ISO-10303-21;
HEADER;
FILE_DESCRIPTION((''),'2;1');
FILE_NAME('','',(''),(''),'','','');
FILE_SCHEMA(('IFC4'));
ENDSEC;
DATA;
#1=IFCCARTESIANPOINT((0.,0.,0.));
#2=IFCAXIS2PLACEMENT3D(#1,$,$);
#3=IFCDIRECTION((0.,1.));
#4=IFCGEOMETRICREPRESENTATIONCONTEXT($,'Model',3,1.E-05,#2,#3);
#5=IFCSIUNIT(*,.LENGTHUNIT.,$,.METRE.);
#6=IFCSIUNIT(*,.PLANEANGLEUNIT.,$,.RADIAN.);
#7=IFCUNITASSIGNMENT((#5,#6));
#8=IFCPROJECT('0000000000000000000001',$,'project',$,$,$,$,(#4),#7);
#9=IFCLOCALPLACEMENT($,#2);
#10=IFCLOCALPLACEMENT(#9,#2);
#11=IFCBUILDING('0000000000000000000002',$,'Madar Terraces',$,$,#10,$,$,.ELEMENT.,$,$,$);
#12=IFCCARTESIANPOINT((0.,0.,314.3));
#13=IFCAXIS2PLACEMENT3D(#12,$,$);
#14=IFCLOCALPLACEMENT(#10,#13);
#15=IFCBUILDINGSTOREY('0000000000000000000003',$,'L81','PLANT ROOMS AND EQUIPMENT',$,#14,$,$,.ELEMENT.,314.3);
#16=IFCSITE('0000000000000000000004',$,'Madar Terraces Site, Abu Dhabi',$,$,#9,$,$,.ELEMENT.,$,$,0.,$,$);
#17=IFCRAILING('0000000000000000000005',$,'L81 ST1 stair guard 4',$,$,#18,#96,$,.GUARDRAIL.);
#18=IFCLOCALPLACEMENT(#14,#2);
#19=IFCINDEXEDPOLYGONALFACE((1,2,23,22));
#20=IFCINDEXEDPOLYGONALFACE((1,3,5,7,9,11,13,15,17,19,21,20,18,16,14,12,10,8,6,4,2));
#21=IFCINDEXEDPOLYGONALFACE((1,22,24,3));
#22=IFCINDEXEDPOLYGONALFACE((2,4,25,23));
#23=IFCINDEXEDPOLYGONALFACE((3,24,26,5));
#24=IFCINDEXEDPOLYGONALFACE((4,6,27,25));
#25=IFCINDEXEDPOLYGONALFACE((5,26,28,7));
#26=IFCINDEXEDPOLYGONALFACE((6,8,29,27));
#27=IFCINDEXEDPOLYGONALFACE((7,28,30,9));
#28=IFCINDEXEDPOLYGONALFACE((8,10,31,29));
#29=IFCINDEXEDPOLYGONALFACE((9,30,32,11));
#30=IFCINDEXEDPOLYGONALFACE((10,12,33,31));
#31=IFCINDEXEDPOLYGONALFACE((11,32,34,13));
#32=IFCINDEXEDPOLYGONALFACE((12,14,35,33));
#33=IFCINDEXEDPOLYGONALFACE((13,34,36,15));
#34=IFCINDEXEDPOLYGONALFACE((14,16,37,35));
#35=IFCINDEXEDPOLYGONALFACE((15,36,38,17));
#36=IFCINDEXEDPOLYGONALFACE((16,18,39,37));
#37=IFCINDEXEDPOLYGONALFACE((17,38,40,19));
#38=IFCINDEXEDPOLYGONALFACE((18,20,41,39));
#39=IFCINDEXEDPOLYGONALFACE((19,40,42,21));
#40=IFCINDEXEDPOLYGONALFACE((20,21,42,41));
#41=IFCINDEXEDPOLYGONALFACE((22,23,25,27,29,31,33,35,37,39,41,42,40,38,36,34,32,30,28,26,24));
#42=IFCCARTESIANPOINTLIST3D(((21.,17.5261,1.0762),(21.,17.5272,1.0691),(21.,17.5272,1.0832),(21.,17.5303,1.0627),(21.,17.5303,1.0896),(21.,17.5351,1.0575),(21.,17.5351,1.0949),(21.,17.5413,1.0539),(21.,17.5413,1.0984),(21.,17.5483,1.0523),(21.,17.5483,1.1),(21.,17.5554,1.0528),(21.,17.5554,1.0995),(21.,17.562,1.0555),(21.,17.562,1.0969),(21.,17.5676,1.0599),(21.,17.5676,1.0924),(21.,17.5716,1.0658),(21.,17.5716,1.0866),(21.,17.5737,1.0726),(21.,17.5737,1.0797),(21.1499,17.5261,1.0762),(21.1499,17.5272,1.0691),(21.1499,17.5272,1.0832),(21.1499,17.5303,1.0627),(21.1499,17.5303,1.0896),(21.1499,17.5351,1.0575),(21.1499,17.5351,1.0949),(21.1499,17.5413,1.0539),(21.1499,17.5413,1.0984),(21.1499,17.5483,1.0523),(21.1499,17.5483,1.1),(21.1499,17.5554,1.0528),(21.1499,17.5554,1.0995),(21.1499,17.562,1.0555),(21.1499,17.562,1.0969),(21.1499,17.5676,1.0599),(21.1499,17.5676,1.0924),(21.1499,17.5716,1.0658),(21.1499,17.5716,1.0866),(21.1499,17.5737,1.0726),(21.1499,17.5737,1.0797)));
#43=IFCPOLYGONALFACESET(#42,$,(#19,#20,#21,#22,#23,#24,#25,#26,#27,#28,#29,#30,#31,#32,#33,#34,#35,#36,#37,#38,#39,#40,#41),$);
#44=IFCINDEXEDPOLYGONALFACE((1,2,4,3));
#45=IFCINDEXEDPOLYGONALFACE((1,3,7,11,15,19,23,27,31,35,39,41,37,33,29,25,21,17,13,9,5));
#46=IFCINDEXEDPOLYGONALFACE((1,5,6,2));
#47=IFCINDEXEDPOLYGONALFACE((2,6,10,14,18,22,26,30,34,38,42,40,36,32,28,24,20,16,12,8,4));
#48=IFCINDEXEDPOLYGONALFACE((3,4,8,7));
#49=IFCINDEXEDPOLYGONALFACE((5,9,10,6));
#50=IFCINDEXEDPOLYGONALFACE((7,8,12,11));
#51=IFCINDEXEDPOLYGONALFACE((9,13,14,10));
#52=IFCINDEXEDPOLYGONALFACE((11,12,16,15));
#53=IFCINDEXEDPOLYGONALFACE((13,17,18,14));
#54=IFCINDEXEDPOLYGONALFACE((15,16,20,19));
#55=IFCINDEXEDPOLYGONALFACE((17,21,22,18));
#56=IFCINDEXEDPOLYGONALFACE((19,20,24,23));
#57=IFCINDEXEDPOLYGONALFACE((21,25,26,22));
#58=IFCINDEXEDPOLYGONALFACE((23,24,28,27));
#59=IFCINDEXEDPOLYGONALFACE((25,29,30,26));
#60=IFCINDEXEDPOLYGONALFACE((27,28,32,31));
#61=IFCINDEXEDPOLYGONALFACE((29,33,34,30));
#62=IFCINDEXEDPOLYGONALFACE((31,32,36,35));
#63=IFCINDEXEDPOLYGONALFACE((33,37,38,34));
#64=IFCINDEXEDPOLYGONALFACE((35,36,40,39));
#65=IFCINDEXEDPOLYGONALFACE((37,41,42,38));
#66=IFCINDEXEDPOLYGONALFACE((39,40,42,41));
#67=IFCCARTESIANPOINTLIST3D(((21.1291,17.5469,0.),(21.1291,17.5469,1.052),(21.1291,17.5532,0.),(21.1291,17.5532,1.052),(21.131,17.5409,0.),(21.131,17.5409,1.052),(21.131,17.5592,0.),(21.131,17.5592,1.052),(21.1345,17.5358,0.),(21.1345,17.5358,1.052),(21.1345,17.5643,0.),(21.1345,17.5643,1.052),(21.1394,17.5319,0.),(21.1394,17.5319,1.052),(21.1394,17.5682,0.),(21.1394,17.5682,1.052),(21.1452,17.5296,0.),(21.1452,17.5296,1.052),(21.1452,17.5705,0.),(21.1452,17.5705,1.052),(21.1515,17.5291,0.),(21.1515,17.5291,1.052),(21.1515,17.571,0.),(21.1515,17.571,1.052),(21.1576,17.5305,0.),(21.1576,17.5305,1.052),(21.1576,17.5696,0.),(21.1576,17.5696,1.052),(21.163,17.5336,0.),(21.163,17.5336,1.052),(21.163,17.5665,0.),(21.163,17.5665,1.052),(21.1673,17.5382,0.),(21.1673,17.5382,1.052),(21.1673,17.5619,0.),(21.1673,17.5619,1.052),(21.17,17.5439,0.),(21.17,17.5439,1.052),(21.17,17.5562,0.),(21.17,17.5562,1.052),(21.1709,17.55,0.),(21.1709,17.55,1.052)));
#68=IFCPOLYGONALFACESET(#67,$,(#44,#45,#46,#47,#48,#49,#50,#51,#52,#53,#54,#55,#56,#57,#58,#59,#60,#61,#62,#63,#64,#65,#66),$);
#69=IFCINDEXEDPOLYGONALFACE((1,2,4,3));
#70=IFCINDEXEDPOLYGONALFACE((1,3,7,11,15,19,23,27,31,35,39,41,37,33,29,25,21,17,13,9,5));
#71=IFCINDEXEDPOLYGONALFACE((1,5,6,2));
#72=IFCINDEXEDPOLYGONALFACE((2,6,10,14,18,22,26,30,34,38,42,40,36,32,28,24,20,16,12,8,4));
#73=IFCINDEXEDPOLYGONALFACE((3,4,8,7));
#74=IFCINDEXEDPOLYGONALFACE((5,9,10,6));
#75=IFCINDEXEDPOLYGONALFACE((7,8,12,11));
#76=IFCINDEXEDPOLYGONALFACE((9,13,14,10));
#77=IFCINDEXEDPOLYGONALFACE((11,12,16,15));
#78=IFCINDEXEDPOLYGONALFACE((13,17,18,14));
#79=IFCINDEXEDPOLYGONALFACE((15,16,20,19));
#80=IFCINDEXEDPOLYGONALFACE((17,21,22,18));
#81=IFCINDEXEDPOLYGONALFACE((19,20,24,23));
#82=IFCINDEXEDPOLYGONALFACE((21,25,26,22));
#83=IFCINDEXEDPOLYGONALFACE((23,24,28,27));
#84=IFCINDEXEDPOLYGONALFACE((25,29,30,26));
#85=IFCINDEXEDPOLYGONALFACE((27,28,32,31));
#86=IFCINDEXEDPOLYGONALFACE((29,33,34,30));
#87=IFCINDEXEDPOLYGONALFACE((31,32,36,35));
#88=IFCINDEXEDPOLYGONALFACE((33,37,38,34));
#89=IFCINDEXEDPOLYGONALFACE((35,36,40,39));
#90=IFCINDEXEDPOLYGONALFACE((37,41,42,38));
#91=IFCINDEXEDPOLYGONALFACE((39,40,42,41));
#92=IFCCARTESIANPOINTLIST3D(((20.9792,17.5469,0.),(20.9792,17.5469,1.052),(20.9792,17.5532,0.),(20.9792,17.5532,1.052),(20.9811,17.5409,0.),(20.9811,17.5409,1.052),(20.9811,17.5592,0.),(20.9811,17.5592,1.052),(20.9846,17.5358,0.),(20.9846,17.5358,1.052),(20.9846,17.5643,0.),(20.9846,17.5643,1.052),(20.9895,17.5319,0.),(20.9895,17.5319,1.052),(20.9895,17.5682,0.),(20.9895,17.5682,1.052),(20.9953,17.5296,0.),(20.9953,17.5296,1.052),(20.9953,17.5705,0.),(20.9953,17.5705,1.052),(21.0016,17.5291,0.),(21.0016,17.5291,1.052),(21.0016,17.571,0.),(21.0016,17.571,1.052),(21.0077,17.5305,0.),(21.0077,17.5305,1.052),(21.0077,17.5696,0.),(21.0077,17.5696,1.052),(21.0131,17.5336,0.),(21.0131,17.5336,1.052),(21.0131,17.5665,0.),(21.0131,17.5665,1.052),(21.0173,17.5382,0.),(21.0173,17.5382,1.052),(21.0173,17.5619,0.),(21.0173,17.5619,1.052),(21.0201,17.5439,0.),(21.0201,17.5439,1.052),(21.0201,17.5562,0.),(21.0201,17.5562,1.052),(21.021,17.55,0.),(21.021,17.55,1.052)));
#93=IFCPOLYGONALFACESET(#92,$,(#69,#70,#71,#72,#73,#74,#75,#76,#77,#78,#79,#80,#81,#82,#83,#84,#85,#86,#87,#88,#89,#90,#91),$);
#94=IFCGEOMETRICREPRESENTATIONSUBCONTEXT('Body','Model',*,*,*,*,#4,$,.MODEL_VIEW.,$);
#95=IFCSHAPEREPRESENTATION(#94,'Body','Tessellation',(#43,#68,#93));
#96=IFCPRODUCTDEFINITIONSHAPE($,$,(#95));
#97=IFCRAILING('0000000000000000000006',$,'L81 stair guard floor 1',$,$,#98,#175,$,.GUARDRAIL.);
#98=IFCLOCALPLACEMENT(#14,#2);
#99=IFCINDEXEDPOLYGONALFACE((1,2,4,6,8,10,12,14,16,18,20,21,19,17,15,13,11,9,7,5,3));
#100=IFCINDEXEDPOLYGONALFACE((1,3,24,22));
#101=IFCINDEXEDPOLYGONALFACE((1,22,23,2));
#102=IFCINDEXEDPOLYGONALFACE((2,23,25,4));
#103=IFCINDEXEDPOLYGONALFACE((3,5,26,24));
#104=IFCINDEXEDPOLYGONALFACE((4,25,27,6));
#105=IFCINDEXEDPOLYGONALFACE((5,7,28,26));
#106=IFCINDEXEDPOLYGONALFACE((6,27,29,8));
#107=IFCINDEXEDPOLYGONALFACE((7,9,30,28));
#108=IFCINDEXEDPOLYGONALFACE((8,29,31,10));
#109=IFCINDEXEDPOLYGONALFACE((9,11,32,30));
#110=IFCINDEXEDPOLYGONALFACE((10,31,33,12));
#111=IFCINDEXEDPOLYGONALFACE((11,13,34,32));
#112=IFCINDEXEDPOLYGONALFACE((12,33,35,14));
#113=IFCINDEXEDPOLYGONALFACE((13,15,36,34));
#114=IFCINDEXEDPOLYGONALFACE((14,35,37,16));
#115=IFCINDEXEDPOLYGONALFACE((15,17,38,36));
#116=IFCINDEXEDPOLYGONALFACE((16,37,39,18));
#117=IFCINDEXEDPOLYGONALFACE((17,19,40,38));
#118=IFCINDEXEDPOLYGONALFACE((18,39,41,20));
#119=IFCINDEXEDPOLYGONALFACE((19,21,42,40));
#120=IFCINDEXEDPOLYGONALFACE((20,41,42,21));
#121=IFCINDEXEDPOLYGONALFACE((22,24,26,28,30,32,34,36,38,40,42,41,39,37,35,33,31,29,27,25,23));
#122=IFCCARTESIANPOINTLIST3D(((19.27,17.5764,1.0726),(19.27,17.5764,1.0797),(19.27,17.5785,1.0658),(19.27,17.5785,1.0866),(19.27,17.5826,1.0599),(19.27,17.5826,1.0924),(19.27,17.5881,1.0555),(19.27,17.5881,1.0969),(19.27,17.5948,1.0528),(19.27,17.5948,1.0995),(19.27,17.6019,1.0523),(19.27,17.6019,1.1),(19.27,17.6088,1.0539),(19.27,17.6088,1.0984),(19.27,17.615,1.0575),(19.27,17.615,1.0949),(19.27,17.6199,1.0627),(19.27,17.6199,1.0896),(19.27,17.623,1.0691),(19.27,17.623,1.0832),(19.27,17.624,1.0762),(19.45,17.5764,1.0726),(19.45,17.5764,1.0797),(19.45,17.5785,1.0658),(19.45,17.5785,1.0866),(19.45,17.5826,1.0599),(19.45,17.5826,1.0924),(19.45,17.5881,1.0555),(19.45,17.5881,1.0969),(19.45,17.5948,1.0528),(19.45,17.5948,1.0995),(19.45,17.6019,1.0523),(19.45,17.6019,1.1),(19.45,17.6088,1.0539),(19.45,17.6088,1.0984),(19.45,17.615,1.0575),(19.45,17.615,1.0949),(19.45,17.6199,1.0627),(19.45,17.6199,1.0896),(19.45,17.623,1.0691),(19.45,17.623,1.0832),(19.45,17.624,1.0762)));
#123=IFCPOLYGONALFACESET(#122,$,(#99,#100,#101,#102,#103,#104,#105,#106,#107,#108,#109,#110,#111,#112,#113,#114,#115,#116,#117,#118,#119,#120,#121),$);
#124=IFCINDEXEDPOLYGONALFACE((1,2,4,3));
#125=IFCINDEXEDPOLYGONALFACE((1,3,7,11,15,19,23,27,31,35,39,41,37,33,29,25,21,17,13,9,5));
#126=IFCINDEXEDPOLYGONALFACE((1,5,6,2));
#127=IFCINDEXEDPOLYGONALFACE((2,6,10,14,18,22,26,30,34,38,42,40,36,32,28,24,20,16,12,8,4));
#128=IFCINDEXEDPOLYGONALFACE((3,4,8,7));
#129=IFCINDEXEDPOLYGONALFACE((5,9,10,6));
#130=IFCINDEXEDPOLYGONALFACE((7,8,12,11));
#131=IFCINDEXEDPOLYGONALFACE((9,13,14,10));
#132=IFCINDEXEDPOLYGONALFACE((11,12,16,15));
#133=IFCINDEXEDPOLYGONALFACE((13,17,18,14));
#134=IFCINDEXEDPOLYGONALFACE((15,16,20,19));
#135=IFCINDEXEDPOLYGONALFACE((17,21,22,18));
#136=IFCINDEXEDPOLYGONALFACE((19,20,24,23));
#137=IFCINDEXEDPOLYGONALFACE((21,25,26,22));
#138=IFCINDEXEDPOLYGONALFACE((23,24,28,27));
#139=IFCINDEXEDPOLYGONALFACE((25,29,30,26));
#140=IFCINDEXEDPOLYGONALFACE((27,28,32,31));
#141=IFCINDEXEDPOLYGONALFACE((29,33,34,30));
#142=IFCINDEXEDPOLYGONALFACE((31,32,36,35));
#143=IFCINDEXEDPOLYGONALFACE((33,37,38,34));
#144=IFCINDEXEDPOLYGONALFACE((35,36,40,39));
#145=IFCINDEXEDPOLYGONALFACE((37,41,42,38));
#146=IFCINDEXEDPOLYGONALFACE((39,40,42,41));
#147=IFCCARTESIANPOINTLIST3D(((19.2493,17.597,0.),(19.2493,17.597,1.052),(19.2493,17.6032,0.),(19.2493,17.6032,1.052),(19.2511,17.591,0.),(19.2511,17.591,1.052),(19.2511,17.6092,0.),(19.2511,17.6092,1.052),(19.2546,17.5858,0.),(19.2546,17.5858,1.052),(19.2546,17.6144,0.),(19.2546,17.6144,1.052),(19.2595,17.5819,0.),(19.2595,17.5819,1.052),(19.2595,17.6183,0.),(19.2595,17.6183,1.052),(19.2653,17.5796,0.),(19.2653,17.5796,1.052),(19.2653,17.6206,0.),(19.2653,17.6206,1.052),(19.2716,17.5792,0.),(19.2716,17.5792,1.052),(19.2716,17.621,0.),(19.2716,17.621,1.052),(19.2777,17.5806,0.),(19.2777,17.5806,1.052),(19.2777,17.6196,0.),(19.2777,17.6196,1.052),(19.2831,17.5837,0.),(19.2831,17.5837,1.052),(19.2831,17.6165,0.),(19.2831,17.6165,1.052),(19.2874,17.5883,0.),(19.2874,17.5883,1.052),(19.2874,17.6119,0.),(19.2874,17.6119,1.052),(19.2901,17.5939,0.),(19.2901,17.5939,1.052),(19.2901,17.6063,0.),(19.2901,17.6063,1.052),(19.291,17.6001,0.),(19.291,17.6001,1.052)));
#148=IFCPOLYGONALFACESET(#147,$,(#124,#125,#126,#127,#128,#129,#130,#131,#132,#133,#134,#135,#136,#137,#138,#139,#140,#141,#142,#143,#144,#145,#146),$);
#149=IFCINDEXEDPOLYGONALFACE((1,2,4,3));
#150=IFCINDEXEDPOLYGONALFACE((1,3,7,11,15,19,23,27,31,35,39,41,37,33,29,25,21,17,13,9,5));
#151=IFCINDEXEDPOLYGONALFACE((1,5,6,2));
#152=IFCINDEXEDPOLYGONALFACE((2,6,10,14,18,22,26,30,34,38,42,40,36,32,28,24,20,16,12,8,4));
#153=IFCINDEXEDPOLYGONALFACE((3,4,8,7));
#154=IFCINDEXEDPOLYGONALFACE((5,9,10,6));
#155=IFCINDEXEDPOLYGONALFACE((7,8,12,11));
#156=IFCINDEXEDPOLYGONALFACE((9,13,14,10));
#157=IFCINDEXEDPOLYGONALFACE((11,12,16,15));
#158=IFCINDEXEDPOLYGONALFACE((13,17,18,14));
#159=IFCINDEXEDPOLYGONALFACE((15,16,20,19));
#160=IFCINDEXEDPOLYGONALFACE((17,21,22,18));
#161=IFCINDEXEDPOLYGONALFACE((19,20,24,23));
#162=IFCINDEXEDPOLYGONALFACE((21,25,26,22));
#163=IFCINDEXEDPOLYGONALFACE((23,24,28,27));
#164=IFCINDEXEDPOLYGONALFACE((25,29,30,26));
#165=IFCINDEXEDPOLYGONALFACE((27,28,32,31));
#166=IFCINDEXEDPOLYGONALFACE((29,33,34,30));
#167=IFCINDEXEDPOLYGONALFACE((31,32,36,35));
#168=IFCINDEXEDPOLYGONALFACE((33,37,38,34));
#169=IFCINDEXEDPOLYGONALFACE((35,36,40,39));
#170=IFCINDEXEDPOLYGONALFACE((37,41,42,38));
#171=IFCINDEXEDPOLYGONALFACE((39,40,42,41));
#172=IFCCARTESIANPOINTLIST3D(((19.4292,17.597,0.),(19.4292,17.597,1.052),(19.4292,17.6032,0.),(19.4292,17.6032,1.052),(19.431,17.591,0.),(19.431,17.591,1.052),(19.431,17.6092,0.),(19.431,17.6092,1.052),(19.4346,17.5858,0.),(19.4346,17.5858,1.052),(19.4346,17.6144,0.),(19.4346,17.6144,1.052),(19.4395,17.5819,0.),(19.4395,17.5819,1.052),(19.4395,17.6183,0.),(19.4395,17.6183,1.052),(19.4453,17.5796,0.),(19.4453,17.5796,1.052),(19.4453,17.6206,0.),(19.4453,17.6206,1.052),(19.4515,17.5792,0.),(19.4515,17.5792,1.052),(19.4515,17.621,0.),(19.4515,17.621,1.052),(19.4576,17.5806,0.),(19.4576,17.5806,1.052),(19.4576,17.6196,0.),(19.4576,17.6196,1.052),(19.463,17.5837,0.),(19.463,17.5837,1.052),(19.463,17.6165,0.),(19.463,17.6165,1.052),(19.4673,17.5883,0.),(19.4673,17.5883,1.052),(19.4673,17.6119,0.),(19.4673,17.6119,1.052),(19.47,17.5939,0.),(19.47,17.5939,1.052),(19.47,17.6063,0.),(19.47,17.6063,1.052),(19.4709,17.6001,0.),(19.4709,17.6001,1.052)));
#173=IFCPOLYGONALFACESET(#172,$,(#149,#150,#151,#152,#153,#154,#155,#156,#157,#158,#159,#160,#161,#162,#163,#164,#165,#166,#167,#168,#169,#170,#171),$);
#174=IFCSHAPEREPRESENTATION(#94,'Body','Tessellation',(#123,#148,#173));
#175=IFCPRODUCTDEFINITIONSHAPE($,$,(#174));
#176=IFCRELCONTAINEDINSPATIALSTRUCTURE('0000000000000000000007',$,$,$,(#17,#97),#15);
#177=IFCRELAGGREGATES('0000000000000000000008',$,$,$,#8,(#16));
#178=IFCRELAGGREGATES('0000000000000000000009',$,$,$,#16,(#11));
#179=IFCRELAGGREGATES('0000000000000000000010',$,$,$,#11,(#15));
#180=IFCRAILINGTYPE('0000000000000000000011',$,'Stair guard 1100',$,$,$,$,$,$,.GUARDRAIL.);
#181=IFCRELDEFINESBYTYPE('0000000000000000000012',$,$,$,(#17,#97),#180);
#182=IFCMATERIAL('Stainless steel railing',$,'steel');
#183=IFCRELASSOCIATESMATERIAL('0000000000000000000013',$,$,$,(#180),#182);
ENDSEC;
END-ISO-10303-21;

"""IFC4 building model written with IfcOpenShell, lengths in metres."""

from ifc_helpers import new_model, si_unit, direction, frame, origin, origin_2d, place, context, subcontext, project, spatial, circle, extrude, material, type_object, element, save


model = new_model("IFC4")

# Units and contexts
model_context = context("Model", 3, precision=1e-05, world=origin(), true_north=direction((0.0, 1.0)))
body_context = subcontext(model_context, "Body", "Model", "MODEL_VIEW")
ifc_project = project(units=[si_unit("LENGTHUNIT", "METRE"), si_unit("PLANEANGLEUNIT", "RADIAN")], contexts=[model_context])

# Site, building, storey
site_placement = place(None, origin())
site = spatial("IfcSite", under=ifc_project, at=site_placement, Name="Madar Terraces Site, Abu Dhabi", CompositionType="ELEMENT", RefElevation=0.0)
building_placement = place(site_placement, origin())
building = spatial("IfcBuilding", under=site, at=building_placement, Name="Madar Terraces", CompositionType="ELEMENT")
storey_placement = place(building_placement, frame((0.0, 0.0, 314.3)))
storey = spatial("IfcBuildingStorey", under=building, at=storey_placement, Name="L81", Description="PLANT ROOMS AND EQUIPMENT", CompositionType="ELEMENT", Elevation=314.3)

# Railings
ifc_material_1 = material(Name="Stainless steel railing", Category="steel")
railing_type_1 = type_object("IfcRailingType", Name="Stair guard 1100", PredefinedType="GUARDRAIL", material=ifc_material_1)
railing_1_placement = place(storey_placement, frame((21.1499, 17.55, 0.0)))
element("IfcRailing", 1, at=railing_1_placement, inside=storey, type_object=railing_type_1, Name="L81 ST1 stair guard 4", PredefinedType="GUARDRAIL", context=body_context, shape_type="SweptSolid", body=[
    extrude(circle(Radius=0.0239, at=origin_2d()), frame((0.0, 0.0, 1.0762), z_axis=(-1.0, 0.0, 0.0), x_axis=(0.0, -1.0, 0.0)), (0.0, 0.0, 1.0), 0.1499),
    extrude(circle(Radius=0.021, at=origin_2d()), origin(), (0.0, 0.0, 1.0), 1.052),
    extrude(circle(Radius=0.021, at=origin_2d()), frame((-0.1499, 0.0, 0.0)), (0.0, 0.0, 1.0), 1.052),
])
for number, where, name in (
    (2, (19.27, 17.6001, 0.0), "L81 stair guard floor 1"),
):
    element("IfcRailing", number, at=place(storey_placement, frame(where)), inside=storey, type_object=railing_type_1, Name=name, PredefinedType="GUARDRAIL", context=body_context, shape_type="SweptSolid", body=[
        extrude(circle(Radius=0.0239, at=origin_2d()), frame((0.0, 0.0, 1.0762), z_axis=(1.0, 0.0, 0.0), x_axis=(0.0, 1.0, 0.0)), (0.0, 0.0, 1.0), 0.1799),
        extrude(circle(Radius=0.021, at=origin_2d()), origin(), (0.0, 0.0, 1.0), 1.052),
        extrude(circle(Radius=0.021, at=origin_2d()), frame((0.1799, 0.0, 0.0)), (0.0, 0.0, 1.0), 1.052),
    ])

save(model, "model.ifc")
